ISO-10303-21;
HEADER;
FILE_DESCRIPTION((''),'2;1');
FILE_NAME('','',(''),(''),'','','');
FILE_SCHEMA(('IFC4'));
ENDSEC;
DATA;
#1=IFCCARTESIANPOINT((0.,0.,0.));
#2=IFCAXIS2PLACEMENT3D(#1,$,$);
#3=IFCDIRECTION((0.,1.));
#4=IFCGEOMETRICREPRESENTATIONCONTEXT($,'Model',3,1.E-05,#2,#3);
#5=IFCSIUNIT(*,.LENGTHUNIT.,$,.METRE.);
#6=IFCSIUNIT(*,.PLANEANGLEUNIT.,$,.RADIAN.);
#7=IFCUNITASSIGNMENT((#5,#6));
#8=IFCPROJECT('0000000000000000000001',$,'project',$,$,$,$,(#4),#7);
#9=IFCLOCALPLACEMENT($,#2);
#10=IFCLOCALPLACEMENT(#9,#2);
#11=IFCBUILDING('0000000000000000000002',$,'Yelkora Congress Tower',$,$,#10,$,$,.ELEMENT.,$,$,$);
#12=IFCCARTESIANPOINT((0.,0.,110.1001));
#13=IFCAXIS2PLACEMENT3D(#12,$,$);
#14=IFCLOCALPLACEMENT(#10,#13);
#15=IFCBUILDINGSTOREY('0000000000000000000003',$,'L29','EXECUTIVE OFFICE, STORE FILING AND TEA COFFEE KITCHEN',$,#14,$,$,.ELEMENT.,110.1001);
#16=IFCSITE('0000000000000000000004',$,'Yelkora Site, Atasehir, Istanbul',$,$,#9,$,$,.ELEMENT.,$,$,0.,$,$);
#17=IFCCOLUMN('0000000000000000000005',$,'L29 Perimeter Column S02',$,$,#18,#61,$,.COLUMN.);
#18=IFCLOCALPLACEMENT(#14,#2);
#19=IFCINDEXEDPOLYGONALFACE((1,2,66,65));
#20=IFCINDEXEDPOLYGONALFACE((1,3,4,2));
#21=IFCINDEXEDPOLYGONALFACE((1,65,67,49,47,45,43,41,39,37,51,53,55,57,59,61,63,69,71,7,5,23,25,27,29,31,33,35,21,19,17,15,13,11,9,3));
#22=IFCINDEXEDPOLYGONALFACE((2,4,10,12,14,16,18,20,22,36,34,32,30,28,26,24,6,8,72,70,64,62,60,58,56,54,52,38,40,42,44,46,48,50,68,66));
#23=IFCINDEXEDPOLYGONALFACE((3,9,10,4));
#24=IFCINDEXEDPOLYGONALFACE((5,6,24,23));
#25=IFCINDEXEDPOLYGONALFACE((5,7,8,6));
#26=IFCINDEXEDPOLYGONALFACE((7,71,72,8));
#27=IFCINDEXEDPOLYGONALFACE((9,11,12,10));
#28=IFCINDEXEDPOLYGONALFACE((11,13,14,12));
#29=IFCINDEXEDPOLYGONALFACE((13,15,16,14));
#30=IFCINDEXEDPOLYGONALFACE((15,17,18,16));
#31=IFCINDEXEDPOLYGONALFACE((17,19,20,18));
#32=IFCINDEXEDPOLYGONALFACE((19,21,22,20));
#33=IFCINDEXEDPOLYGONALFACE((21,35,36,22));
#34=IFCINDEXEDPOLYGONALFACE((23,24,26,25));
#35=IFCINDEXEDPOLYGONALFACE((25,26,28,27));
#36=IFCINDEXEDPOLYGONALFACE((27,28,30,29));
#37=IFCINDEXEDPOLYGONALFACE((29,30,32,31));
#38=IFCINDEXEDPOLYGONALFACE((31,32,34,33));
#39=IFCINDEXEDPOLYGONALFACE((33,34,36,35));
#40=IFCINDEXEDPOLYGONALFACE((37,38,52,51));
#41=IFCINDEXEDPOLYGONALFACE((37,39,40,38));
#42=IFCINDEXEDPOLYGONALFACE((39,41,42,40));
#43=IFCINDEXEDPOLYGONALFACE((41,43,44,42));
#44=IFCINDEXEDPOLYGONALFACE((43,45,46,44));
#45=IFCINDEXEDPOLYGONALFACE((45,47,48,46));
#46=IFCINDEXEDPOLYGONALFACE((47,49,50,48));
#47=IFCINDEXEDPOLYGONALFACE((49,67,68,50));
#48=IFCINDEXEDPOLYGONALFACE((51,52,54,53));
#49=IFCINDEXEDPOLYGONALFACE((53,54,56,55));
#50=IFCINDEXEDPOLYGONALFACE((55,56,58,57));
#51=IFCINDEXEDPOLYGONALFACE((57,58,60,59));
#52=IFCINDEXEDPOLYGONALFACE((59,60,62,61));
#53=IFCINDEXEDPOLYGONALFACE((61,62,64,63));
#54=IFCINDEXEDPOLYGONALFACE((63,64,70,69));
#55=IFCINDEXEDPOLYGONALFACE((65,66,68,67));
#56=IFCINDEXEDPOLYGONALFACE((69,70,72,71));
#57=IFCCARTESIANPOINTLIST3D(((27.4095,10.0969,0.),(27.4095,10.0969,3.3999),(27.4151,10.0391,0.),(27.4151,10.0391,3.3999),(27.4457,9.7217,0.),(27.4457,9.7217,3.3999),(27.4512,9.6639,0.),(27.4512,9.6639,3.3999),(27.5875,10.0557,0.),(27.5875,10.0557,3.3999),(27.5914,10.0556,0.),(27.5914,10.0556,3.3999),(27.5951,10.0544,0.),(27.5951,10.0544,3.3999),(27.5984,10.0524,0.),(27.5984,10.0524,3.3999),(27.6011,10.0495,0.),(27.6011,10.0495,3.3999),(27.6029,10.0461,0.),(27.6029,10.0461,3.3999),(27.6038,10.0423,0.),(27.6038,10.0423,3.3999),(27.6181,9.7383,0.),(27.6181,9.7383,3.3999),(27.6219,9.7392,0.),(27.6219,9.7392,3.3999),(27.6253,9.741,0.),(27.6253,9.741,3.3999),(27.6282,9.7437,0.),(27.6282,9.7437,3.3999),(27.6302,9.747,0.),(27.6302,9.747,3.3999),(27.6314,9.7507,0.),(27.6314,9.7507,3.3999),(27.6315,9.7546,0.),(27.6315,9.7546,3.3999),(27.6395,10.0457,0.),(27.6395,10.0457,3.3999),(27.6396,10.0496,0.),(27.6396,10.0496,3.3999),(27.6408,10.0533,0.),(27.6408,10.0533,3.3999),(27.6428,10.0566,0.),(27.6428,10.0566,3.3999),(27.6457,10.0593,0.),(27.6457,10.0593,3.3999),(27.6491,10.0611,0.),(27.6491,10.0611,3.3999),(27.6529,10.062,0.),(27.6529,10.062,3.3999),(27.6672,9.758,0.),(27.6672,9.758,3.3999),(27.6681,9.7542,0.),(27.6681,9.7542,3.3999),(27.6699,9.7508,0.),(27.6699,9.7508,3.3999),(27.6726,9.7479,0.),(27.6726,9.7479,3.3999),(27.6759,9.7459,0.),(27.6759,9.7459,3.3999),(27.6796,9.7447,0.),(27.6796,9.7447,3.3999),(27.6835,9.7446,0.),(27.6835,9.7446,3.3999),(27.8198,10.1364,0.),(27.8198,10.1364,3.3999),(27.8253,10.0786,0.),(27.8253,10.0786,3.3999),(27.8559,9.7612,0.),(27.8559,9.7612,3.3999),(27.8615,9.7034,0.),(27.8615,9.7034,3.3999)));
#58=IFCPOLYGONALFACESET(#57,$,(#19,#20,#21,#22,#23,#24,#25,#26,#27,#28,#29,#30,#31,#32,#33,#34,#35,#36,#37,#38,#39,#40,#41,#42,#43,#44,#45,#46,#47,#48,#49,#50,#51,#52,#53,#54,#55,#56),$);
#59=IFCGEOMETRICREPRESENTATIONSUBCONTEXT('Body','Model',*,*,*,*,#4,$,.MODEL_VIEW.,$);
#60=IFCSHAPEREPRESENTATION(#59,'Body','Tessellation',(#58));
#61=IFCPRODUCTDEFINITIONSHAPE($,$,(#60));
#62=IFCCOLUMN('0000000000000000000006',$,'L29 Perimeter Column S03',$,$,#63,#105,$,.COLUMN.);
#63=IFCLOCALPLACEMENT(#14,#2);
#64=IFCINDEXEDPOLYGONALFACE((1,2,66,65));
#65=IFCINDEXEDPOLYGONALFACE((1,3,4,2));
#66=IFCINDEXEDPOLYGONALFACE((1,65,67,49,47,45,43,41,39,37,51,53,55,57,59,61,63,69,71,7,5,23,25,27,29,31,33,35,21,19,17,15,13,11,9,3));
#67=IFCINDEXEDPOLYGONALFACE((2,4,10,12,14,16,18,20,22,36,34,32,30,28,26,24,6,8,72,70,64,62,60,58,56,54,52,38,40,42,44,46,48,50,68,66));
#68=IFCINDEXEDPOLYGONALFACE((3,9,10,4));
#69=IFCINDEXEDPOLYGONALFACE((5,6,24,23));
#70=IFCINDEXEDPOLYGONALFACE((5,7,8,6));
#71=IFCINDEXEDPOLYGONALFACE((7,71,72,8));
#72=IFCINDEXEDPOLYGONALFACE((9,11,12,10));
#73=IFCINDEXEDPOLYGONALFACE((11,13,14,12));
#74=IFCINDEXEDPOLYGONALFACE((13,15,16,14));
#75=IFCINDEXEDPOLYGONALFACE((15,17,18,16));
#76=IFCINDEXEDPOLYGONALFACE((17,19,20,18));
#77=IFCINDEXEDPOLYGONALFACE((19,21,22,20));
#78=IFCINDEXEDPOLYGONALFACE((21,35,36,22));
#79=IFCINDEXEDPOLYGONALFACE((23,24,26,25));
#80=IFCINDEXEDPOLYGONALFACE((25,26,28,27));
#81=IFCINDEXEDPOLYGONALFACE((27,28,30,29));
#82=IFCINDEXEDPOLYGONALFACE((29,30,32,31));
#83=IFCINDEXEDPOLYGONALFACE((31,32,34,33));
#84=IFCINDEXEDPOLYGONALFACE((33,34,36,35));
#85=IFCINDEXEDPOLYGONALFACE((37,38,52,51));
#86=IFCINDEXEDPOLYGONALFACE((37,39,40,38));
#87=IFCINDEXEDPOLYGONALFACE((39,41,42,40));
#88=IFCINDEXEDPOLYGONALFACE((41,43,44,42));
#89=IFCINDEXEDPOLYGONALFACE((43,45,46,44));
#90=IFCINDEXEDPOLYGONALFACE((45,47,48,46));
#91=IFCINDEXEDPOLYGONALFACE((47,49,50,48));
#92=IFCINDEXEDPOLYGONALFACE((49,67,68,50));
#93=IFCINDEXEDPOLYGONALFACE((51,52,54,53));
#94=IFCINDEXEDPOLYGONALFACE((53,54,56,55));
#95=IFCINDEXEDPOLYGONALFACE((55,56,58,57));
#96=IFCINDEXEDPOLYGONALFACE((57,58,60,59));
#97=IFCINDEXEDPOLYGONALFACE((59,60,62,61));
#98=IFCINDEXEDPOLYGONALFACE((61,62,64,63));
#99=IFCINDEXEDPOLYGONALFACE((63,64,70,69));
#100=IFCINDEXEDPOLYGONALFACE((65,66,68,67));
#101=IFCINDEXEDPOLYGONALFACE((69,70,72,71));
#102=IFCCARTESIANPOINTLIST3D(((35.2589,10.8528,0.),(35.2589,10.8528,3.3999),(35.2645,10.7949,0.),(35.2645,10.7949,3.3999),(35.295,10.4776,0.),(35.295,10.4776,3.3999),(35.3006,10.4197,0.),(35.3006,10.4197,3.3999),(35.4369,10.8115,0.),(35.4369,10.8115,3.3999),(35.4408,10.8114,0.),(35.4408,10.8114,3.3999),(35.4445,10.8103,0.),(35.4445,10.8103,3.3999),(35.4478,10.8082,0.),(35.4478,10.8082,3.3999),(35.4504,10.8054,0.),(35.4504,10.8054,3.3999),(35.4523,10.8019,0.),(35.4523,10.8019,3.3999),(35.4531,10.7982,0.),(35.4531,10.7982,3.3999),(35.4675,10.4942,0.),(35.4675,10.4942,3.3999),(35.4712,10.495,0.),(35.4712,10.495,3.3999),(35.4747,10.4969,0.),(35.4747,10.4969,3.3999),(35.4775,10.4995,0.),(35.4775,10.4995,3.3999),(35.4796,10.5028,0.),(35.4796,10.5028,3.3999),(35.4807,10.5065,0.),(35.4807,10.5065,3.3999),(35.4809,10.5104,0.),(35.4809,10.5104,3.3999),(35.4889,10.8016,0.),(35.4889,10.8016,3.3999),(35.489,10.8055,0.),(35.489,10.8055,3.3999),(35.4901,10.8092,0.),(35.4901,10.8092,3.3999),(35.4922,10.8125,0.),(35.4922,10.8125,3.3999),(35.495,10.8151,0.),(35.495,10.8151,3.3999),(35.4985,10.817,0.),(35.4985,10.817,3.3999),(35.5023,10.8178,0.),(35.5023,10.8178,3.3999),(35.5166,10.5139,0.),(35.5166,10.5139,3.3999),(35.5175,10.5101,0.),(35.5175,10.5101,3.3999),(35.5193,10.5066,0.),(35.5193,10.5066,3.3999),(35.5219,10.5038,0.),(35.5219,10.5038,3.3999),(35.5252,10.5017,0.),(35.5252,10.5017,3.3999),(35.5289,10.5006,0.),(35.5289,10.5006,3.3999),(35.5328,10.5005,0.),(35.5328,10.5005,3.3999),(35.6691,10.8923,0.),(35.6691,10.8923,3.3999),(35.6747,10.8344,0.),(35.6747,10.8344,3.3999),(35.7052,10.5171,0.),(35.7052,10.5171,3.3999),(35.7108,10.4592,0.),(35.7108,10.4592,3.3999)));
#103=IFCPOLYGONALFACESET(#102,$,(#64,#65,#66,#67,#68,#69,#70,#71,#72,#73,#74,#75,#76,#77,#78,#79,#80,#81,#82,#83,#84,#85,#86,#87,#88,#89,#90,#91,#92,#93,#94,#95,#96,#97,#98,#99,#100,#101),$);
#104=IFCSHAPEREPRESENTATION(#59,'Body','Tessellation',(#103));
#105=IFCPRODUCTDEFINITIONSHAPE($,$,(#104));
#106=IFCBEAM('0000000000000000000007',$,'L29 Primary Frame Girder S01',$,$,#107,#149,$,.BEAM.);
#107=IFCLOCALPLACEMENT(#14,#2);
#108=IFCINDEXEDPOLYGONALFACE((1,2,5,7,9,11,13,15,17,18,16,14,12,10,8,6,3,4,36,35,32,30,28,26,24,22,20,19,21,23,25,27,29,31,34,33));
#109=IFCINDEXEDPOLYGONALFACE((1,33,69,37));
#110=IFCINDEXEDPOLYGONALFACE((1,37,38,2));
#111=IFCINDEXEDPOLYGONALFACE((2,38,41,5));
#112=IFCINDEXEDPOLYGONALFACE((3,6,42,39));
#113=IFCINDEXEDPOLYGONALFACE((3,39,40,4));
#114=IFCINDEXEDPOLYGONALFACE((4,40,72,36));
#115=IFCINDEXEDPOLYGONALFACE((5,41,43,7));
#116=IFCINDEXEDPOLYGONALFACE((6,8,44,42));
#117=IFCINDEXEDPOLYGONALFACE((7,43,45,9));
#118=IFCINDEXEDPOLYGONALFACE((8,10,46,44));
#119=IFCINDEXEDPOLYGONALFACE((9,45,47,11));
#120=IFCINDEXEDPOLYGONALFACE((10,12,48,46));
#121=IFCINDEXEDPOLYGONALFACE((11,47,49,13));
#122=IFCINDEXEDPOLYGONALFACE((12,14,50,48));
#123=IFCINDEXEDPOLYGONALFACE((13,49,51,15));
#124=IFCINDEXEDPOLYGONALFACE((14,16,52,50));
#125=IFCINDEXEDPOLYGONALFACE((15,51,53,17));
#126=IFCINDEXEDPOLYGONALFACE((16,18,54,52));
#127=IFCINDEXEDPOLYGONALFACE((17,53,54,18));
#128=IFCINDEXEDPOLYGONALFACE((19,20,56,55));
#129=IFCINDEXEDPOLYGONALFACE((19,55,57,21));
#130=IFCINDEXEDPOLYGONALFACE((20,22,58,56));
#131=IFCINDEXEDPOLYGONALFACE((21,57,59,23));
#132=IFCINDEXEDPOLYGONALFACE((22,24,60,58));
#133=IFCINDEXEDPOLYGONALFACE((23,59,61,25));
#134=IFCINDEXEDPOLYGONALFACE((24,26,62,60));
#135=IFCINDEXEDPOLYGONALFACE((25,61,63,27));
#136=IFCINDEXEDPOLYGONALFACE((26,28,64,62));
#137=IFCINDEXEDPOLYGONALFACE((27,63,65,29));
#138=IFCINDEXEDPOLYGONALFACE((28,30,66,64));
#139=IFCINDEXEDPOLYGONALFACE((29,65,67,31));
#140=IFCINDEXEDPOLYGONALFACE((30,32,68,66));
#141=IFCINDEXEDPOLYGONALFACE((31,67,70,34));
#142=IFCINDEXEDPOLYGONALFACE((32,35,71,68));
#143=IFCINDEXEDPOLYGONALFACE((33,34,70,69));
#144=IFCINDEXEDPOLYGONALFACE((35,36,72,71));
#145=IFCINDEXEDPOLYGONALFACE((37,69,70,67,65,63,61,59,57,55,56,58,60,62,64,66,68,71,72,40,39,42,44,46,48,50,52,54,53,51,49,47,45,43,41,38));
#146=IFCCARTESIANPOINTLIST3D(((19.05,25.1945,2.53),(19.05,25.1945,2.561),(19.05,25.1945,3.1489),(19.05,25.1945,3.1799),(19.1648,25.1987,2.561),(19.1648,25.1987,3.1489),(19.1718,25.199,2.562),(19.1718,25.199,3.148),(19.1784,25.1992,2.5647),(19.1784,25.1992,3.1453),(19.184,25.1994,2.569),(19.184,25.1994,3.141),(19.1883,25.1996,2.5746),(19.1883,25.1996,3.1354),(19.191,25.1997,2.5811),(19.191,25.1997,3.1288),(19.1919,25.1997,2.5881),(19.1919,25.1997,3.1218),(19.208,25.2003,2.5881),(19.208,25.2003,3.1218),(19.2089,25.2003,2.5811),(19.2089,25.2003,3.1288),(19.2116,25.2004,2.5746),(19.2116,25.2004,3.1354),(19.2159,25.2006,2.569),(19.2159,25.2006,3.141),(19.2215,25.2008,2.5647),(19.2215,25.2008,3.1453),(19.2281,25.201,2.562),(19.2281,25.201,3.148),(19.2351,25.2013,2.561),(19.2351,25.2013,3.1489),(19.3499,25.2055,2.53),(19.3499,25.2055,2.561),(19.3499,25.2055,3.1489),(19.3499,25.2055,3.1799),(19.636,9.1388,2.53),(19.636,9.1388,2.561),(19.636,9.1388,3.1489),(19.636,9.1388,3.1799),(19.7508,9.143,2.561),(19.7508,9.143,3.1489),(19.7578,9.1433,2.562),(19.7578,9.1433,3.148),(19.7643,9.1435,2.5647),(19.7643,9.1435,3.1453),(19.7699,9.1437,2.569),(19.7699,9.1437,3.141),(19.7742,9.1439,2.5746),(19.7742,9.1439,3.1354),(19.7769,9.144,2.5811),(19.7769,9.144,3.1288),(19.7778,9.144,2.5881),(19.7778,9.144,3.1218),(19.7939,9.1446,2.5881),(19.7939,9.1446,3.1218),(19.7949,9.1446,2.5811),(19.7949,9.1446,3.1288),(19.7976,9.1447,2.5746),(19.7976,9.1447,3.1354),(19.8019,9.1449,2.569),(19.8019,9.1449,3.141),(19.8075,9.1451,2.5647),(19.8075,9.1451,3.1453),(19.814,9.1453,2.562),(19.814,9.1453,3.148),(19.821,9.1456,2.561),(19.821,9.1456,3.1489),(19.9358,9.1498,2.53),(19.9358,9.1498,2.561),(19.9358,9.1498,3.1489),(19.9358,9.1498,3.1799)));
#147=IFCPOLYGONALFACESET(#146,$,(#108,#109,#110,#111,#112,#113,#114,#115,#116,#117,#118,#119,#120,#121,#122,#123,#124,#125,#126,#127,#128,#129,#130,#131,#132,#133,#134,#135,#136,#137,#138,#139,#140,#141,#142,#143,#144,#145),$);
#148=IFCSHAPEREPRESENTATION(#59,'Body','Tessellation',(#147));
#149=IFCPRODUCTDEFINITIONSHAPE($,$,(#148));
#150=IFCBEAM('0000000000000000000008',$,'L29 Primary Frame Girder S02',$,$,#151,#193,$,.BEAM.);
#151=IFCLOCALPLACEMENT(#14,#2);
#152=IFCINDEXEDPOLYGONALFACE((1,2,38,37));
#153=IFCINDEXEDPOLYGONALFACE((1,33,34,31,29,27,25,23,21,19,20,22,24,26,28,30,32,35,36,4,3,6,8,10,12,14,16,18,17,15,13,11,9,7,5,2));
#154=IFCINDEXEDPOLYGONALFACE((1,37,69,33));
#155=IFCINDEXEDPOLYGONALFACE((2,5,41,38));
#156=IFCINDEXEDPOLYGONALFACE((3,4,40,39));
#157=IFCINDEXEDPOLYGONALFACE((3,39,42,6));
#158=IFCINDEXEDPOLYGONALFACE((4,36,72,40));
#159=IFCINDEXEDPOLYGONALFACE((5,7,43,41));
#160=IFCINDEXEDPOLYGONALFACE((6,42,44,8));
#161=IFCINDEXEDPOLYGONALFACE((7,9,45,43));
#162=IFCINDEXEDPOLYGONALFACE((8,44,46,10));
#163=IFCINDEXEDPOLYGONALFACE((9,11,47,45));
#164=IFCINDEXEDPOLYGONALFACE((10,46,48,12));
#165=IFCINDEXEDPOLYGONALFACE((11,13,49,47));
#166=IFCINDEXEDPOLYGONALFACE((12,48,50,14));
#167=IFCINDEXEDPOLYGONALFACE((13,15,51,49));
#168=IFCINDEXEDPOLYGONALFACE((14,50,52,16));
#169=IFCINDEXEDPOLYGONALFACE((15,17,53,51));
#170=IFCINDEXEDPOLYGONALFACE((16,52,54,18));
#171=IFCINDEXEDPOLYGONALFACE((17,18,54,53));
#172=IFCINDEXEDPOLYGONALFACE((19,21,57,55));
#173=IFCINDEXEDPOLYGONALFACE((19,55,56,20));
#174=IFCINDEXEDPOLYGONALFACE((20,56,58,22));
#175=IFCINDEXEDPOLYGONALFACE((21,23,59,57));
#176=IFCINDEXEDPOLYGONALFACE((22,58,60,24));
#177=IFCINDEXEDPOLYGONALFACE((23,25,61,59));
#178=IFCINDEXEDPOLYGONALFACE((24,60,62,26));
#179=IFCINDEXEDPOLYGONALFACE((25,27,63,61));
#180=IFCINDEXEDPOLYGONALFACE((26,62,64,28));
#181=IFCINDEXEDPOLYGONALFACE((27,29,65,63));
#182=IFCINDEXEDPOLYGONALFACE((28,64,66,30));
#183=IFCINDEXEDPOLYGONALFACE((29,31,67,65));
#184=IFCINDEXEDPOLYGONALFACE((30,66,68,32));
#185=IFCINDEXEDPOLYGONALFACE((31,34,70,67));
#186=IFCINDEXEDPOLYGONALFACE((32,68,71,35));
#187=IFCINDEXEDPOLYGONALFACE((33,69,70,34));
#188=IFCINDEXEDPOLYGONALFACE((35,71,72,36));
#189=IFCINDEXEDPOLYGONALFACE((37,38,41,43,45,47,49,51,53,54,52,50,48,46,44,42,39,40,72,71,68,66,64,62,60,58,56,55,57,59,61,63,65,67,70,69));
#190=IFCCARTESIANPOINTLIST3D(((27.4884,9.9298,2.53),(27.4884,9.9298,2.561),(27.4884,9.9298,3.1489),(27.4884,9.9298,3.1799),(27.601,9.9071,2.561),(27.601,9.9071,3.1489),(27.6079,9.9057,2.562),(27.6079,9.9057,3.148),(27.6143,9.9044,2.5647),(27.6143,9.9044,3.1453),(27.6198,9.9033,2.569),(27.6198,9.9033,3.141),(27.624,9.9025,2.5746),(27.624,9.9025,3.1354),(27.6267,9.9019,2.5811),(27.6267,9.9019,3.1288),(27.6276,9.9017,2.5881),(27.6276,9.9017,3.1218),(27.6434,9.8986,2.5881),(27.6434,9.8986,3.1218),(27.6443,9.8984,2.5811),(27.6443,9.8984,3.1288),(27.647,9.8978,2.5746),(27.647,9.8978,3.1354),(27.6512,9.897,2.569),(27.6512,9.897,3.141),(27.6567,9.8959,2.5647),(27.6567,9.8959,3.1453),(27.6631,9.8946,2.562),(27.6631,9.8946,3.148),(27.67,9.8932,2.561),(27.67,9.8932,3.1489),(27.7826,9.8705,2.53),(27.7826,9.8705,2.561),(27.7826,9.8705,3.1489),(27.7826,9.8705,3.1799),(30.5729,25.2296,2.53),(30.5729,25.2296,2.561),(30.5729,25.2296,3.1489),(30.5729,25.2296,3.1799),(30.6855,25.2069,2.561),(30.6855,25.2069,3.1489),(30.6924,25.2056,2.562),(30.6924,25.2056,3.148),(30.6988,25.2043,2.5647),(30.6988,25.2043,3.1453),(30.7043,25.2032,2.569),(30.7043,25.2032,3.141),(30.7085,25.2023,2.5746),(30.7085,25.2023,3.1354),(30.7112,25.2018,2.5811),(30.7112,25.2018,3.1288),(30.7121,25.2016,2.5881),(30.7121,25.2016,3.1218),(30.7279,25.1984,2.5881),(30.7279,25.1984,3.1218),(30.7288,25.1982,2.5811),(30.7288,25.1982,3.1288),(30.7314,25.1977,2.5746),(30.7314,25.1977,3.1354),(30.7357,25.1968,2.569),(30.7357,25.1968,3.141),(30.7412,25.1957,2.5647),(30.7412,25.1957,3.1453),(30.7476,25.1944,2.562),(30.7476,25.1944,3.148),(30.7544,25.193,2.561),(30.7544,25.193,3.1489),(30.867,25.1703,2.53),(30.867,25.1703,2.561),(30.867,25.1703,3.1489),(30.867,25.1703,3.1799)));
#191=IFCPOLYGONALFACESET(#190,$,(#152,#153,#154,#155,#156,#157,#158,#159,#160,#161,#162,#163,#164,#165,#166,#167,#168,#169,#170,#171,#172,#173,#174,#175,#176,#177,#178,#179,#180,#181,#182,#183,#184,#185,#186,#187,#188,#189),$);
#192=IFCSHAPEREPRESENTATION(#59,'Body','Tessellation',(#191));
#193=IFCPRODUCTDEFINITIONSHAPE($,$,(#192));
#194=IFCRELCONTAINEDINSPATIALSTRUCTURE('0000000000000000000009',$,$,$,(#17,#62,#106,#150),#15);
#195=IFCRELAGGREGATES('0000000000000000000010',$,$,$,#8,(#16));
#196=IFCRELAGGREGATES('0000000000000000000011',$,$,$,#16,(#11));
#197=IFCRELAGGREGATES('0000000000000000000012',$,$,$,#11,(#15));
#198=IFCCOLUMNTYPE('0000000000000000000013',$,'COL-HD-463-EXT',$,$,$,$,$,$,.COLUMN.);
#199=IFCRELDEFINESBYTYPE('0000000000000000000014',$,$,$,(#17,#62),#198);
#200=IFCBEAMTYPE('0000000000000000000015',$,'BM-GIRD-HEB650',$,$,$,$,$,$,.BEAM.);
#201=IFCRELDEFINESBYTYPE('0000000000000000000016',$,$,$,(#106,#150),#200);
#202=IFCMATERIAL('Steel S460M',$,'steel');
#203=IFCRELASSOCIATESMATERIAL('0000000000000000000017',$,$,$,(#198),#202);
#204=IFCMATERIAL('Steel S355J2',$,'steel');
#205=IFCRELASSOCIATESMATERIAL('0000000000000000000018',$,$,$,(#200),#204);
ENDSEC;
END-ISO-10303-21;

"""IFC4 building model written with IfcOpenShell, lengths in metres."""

from ifc_helpers import new_model, si_unit, direction, frame, origin, origin_2d, place, context, subcontext, project, spatial, i_section, extrude, material, material_profile, profile_set, type_object, element, save


model = new_model("IFC4")

# Units and contexts
model_context = context("Model", 3, precision=1e-05, world=origin(), true_north=direction((0.0, 1.0)))
body_context = subcontext(model_context, "Body", "Model", "MODEL_VIEW")
ifc_project = project(units=[si_unit("LENGTHUNIT", "METRE"), si_unit("PLANEANGLEUNIT", "RADIAN")], contexts=[model_context])

# Site, building, storey
site_placement = place(None, origin())
site = spatial("IfcSite", under=ifc_project, at=site_placement, Name="Yelkora Site, Atasehir, Istanbul", CompositionType="ELEMENT", RefElevation=0.0)
building_placement = place(site_placement, origin())
building = spatial("IfcBuilding", under=site, at=building_placement, Name="Yelkora Congress Tower", CompositionType="ELEMENT")
storey_placement = place(building_placement, frame((0.0, 0.0, 110.1001)))
storey = spatial("IfcBuildingStorey", under=building, at=storey_placement, Name="L29", Description="EXECUTIVE OFFICE, STORE FILING AND TEA COFFEE KITCHEN", CompositionType="ELEMENT", Elevation=110.1001)

# Columns
ifc_material_1 = material(Name="Steel S460M", Category="steel")
ifc_material_profile_1 = material_profile(ifc_material_1, i_section(OverallWidth=0.4121, OverallDepth=0.4351, WebThickness=0.0359, FlangeThickness=0.0581, FilletRadius=0.0149, at=origin_2d()), Name="HD 400x463")
ifc_profile_set_1 = profile_set([ifc_material_profile_1], Name="Steel S460M")
column_type = type_object("IfcColumnType", Name="COL-HD-463-EXT", PredefinedType="COLUMN", material=ifc_profile_set_1)
for number, where, z_axis, x_axis, name in (
    (1, (27.6355, 9.9001, 0.0), (0.0, 0.0, 1.0), (0.995396, 0.095846, 0.0), "L29 Perimeter Column S02"),
    (2, (35.4849, 10.656, 0.0), (0.0, 0.0, 1.0), (0.995396, 0.095846, 0.0), "L29 Perimeter Column S03"),
):
    element("IfcColumn", number, at=place(storey_placement, frame(where, z_axis=z_axis, x_axis=x_axis)), inside=storey, type_object=column_type, Name=name, PredefinedType="COLUMN", context=body_context, shape_type="SweptSolid", body=[
        extrude(i_section(OverallWidth=0.4121, OverallDepth=0.4351, WebThickness=0.0359, FlangeThickness=0.0581, FilletRadius=0.0149, at=origin_2d()), origin(), (0.0, 0.0, 1.0), 3.3999),
    ])

# Beams
ifc_material_2 = material(Name="Steel S355J2", Category="steel")
ifc_material_profile_2 = material_profile(ifc_material_2, i_section(OverallWidth=0.3, OverallDepth=0.6499, WebThickness=0.0161, FlangeThickness=0.031, FilletRadius=0.0271, at=origin_2d()), Name="HEB 650")
ifc_profile_set_2 = profile_set([ifc_material_profile_2], Name="Steel S355J2")
beam_type_1 = type_object("IfcBeamType", Name="BM-GIRD-HEB650", PredefinedType="BEAM", material=ifc_profile_set_2)
beam_1_placement = place(storey_placement, frame((19.7859, 9.1443, 2.855), z_axis=(-0.03647, 0.999335, 0.0), x_axis=(-0.999335, -0.03647, 0.0)))
element("IfcBeam", 3, at=beam_1_placement, inside=storey, type_object=beam_type_1, Name="L29 Primary Frame Girder S01", PredefinedType="BEAM", context=body_context, shape_type="SweptSolid", body=[
    extrude(i_section(OverallWidth=0.3, OverallDepth=0.6499, WebThickness=0.0161, FlangeThickness=0.031, FilletRadius=0.0271, at=origin_2d()), origin(), (0.0, 0.0, 1.0), 16.0664),
])
beam_2_placement = place(storey_placement, frame((27.6355, 9.9001, 2.855), z_axis=(0.197626, 0.980277, 0.0), x_axis=(-0.980277, 0.197626, 0.0)))
element("IfcBeam", 4, at=beam_2_placement, inside=storey, type_object=beam_type_1, Name="L29 Primary Frame Girder S02", PredefinedType="BEAM", context=body_context, shape_type="SweptSolid", body=[
    extrude(i_section(OverallWidth=0.3, OverallDepth=0.6499, WebThickness=0.0161, FlangeThickness=0.031, FilletRadius=0.0271, at=origin_2d()), origin(), (0.0, 0.0, 1.0), 15.6077),
])

save(model, "model.ifc")
